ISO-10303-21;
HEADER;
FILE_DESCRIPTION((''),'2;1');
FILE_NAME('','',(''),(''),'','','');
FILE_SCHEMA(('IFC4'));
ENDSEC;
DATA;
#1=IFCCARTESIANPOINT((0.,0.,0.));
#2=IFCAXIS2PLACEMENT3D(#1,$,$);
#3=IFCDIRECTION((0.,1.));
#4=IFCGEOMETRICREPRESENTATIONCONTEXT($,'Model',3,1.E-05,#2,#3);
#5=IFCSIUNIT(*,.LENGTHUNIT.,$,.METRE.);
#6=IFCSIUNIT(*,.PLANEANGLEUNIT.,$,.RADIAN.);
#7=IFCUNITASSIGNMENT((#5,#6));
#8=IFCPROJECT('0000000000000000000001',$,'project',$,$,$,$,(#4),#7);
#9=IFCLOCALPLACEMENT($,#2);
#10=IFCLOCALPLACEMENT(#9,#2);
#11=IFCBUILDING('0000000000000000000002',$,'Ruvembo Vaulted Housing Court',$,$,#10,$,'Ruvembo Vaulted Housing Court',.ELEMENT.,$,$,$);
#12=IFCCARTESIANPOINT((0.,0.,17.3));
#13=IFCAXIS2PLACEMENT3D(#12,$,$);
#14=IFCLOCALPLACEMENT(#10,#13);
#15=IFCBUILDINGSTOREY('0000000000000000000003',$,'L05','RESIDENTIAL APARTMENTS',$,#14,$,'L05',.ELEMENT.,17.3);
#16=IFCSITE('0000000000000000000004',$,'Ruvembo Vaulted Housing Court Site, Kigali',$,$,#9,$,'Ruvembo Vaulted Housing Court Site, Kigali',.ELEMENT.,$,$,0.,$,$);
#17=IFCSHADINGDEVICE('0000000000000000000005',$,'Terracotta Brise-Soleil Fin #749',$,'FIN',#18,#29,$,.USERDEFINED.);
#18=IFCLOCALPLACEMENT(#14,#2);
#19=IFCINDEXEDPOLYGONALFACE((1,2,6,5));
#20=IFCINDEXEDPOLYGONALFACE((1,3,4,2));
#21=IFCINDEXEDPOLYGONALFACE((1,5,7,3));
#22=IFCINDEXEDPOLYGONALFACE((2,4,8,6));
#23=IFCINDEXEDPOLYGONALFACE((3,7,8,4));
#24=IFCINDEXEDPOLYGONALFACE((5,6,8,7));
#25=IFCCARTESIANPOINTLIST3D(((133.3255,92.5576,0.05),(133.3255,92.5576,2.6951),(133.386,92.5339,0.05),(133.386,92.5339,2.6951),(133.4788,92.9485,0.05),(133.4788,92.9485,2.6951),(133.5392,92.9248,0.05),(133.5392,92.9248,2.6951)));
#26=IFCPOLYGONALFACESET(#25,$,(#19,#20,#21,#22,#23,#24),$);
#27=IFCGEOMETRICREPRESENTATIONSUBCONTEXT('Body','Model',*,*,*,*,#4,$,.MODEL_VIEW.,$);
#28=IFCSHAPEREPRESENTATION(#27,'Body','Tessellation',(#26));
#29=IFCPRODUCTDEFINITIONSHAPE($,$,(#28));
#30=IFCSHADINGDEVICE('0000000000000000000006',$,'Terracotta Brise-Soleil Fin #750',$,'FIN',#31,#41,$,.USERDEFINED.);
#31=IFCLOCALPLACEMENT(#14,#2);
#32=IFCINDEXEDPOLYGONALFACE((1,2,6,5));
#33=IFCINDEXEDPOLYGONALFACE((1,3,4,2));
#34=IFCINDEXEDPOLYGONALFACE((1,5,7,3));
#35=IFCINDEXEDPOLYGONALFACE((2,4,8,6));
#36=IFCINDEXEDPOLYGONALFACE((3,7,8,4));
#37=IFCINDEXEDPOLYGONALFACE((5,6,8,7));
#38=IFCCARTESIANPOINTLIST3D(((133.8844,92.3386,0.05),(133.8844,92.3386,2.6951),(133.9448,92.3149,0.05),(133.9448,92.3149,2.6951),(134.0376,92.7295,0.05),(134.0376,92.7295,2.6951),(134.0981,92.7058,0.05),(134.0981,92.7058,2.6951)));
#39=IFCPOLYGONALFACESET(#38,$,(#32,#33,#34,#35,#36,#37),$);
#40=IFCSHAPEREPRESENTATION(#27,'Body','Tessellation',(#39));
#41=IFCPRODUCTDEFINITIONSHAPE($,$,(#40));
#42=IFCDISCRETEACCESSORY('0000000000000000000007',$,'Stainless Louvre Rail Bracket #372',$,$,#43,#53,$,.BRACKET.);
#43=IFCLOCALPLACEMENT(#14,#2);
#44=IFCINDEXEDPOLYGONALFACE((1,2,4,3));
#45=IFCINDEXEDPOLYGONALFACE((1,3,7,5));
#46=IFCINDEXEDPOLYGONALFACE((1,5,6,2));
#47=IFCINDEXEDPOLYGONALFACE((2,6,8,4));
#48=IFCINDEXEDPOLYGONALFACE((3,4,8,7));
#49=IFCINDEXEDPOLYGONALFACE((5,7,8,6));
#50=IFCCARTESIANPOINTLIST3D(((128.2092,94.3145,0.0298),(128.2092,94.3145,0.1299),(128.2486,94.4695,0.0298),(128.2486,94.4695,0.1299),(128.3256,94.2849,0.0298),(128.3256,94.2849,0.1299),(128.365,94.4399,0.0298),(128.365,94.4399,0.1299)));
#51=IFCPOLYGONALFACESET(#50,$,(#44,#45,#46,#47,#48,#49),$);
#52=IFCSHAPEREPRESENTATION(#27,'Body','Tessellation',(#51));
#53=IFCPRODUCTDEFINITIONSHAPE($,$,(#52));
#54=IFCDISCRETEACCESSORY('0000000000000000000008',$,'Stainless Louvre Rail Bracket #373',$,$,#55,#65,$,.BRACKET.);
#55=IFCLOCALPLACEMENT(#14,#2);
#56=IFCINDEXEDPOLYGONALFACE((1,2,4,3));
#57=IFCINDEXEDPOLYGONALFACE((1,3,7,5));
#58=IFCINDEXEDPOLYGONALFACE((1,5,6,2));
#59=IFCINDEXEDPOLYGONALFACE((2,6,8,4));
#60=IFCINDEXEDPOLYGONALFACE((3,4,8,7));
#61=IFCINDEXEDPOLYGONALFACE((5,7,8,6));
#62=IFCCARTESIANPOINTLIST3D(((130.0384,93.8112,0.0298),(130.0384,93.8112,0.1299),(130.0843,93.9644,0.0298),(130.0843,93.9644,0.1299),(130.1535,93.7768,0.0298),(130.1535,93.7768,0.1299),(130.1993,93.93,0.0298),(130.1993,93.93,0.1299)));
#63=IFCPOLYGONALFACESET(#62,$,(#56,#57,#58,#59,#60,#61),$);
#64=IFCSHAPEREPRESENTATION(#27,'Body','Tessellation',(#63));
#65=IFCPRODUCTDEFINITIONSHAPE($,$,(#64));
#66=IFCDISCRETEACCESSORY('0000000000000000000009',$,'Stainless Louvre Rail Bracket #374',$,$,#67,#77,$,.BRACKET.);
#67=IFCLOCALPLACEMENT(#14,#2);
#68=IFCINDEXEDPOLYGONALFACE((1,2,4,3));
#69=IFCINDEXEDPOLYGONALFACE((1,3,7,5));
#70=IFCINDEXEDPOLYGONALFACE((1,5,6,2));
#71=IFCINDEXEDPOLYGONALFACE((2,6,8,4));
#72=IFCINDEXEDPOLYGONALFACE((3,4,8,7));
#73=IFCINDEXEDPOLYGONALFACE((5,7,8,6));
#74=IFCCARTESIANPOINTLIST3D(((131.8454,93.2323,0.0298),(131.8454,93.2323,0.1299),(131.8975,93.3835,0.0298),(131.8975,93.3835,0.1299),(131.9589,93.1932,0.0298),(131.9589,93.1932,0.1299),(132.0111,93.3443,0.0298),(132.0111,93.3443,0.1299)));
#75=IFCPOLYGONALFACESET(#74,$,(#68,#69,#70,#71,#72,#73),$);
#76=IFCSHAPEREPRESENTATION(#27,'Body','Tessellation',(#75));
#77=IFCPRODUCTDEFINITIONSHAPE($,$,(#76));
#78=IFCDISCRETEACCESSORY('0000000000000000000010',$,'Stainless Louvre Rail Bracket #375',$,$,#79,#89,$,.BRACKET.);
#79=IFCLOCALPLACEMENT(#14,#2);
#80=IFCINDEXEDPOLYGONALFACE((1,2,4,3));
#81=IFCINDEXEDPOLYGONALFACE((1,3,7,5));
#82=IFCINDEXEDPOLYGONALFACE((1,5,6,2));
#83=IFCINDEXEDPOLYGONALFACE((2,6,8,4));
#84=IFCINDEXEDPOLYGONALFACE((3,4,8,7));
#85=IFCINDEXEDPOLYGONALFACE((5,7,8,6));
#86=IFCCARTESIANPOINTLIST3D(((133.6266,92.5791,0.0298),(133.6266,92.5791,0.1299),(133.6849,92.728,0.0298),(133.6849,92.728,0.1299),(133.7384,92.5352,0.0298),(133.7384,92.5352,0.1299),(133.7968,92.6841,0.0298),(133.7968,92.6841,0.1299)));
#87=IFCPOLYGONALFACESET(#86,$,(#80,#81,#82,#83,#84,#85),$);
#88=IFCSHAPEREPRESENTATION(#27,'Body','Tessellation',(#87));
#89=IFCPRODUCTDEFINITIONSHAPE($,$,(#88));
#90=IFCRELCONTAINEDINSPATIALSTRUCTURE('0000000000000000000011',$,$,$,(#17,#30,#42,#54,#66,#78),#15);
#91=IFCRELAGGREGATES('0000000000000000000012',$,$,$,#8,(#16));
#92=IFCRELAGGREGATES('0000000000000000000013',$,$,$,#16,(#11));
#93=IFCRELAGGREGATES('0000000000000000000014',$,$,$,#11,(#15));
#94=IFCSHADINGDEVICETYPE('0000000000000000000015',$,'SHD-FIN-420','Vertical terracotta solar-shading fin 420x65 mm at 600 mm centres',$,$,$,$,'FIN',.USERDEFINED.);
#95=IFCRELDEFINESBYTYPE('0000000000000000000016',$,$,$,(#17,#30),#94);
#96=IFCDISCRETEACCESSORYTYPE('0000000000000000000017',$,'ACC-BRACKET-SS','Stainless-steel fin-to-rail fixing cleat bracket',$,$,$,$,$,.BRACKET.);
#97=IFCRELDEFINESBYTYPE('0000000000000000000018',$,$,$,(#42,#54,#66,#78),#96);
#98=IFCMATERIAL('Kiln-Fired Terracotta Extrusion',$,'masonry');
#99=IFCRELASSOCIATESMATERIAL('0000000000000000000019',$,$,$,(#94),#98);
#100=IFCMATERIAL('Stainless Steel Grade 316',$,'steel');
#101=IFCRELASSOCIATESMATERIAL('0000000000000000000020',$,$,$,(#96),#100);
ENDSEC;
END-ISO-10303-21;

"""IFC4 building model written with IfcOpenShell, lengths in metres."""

from ifc_helpers import new_model, si_unit, direction, frame, origin, origin_2d, place, context, subcontext, project, spatial, rectangle, extrude, material, type_object, element, save


model = new_model("IFC4")

# Units and contexts
model_context = context("Model", 3, precision=1e-05, world=origin(), true_north=direction((0.0, 1.0)))
body_context = subcontext(model_context, "Body", "Model", "MODEL_VIEW")
ifc_project = project(units=[si_unit("LENGTHUNIT", "METRE"), si_unit("PLANEANGLEUNIT", "RADIAN")], contexts=[model_context])

# Site, building, storey
site_placement = place(None, origin())
site = spatial("IfcSite", under=ifc_project, at=site_placement, Name="Ruvembo Vaulted Housing Court Site, Kigali", LongName="Ruvembo Vaulted Housing Court Site, Kigali", CompositionType="ELEMENT", RefElevation=0.0)
building_placement = place(site_placement, origin())
building = spatial("IfcBuilding", under=site, at=building_placement, Name="Ruvembo Vaulted Housing Court", LongName="Ruvembo Vaulted Housing Court", CompositionType="ELEMENT")
storey_placement = place(building_placement, frame((0.0, 0.0, 17.3)))
storey = spatial("IfcBuildingStorey", under=building, at=storey_placement, Name="L05", Description="RESIDENTIAL APARTMENTS", LongName="L05", CompositionType="ELEMENT", Elevation=17.3)

# Shading devices
ifc_material_1 = material(Name="Kiln-Fired Terracotta Extrusion", Category="masonry")
shading_device_type = type_object("IfcShadingDeviceType", Name="SHD-FIN-420", Description="Vertical terracotta solar-shading fin 420x65 mm at 600 mm centres", ElementType="FIN", PredefinedType="USERDEFINED", material=ifc_material_1)
for number, where, z_axis, x_axis, name in (
    (1, (133.4324, 92.7412, 0.05), (0.0, 0.0, 1.0), (-0.364958, -0.931024, 0.0), "Terracotta Brise-Soleil Fin #749"),
    (2, (133.9912, 92.5222, 0.05), (0.0, 0.0, 1.0), (-0.364958, -0.931024, 0.0), "Terracotta Brise-Soleil Fin #750"),
):
    element("IfcShadingDevice", number, at=place(storey_placement, frame(where, z_axis=z_axis, x_axis=x_axis)), inside=storey, type_object=shading_device_type, Name=name, ObjectType="FIN", PredefinedType="USERDEFINED", context=body_context, shape_type="SweptSolid", body=[
        extrude(rectangle(XDim=0.4199, YDim=0.0649, at=origin_2d()), origin(), (0.0, 0.0, 1.0), 2.645),
    ])

# Discrete accessories
ifc_material_2 = material(Name="Stainless Steel Grade 316", Category="steel")
discrete_accessory_type = type_object("IfcDiscreteAccessoryType", Name="ACC-BRACKET-SS", Description="Stainless-steel fin-to-rail fixing cleat bracket", PredefinedType="BRACKET", material=ifc_material_2)
for number, where, z_axis, x_axis, name in (
    (3, (128.2871, 94.3772, 0.0298), (0.0, 0.0, 1.0), (-0.246492, -0.969145, 0.0), "Stainless Louvre Rail Bracket #372"),
    (4, (130.1189, 93.8706, 0.0298), (0.0, 0.0, 1.0), (-0.286491, -0.958083, 0.0), "Stainless Louvre Rail Bracket #373"),
    (5, (131.9282, 93.2883, 0.0298), (0.0, 0.0, 1.0), (-0.32603, -0.945359, 0.0), "Stainless Louvre Rail Bracket #374"),
    (6, (133.7117, 92.6316, 0.0298), (0.0, 0.0, 1.0), (-0.364958, -0.931024, 0.0), "Stainless Louvre Rail Bracket #375"),
):
    element("IfcDiscreteAccessory", number, at=place(storey_placement, frame(where, z_axis=z_axis, x_axis=x_axis)), inside=storey, type_object=discrete_accessory_type, Name=name, PredefinedType="BRACKET", context=body_context, shape_type="SweptSolid", body=[
        extrude(rectangle(XDim=0.1599, YDim=0.1201, at=origin_2d()), origin(), (0.0, 0.0, 1.0), 0.1001),
    ])

save(model, "model.ifc")
